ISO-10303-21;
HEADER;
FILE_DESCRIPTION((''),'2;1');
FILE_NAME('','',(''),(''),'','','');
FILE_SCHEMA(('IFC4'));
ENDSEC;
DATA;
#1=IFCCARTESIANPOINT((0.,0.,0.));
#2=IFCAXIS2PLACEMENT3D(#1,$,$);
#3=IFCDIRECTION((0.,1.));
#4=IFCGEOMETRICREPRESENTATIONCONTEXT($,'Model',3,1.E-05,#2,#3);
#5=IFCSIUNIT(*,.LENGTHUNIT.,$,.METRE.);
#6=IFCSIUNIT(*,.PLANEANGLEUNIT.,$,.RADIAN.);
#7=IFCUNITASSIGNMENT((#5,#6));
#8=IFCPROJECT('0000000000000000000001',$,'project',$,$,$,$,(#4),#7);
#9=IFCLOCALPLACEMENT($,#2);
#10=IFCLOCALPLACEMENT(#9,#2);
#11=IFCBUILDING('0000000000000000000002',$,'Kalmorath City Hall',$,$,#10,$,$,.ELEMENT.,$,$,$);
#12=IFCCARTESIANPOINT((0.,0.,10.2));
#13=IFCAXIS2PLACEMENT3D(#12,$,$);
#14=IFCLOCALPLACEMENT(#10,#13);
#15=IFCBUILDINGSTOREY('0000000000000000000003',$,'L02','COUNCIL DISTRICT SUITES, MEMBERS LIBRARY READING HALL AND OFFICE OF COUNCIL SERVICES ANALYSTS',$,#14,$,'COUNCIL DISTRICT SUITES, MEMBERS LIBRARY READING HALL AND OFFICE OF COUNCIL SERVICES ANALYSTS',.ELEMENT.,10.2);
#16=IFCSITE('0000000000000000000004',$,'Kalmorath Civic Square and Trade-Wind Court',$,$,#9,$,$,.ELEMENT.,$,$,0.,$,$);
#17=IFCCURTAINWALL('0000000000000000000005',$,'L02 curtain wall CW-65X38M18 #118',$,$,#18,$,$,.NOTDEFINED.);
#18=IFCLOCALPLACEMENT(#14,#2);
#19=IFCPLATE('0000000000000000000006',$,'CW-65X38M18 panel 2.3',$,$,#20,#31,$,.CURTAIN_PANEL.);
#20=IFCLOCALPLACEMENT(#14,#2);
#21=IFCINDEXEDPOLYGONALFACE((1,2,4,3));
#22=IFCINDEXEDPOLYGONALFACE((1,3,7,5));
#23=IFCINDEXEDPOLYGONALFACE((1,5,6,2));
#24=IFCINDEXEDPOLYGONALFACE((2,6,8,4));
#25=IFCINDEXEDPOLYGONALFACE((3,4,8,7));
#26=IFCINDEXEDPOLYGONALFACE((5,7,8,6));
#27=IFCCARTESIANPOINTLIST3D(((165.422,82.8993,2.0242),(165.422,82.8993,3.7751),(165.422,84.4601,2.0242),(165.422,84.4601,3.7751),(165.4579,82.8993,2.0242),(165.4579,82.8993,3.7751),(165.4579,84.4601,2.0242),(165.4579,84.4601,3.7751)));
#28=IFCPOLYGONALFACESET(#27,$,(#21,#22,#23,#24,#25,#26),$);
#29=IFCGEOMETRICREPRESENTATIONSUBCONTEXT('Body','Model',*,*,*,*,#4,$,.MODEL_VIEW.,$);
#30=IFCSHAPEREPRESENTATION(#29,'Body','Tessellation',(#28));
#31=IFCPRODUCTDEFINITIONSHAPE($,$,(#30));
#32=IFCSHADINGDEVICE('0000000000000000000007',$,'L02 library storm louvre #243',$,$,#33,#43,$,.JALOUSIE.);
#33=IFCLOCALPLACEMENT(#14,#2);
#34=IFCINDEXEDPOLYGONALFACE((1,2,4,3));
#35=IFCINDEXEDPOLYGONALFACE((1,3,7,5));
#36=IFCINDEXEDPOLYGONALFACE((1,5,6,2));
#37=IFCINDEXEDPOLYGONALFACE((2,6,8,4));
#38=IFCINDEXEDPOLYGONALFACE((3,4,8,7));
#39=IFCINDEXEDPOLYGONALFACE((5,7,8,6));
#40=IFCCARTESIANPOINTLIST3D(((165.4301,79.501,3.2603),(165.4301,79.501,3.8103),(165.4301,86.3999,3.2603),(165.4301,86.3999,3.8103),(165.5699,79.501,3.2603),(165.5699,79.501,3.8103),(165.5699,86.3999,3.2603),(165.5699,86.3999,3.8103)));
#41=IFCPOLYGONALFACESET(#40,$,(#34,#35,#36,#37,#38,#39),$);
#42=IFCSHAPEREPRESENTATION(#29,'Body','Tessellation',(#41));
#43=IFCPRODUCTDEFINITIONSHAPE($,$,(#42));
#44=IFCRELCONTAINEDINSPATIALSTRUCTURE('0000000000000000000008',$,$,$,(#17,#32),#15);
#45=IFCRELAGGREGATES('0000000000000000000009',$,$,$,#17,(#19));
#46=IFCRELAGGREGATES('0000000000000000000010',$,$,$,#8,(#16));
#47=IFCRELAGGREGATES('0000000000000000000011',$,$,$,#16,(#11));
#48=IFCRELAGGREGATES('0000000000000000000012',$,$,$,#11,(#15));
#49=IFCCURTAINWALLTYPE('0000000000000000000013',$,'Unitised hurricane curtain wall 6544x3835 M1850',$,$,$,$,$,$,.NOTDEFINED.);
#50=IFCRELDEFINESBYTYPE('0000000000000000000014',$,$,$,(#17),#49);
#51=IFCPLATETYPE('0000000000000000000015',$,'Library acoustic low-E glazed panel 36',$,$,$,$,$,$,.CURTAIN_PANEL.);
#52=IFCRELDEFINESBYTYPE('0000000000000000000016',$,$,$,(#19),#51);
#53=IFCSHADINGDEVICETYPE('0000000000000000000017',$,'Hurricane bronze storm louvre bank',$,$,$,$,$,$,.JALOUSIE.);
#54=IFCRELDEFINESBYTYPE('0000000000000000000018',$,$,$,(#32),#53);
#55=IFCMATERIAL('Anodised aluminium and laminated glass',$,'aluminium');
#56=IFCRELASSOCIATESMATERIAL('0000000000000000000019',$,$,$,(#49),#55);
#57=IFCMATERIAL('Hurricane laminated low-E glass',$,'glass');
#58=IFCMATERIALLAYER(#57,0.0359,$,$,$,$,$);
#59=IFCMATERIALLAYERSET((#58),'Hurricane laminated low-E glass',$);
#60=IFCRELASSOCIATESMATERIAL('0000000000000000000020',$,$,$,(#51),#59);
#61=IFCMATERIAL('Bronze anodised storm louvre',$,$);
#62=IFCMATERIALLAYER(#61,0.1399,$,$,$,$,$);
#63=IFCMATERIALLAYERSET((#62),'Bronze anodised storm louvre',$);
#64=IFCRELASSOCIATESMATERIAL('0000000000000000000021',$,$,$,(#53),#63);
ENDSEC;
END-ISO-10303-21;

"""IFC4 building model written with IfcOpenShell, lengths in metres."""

from ifc_helpers import new_model, si_unit, direction, frame, origin, origin_2d, place, context, subcontext, project, spatial, rectangle, extrude, material, layer, layer_set, type_object, element, aggregate, save


model = new_model("IFC4")

# Units and contexts
model_context = context("Model", 3, precision=1e-05, world=origin(), true_north=direction((0.0, 1.0)))
body_context = subcontext(model_context, "Body", "Model", "MODEL_VIEW")
ifc_project = project(units=[si_unit("LENGTHUNIT", "METRE"), si_unit("PLANEANGLEUNIT", "RADIAN")], contexts=[model_context])

# Site, building, storey
site_placement = place(None, origin())
site = spatial("IfcSite", under=ifc_project, at=site_placement, Name="Kalmorath Civic Square and Trade-Wind Court", CompositionType="ELEMENT", RefElevation=0.0)
building_placement = place(site_placement, origin())
building = spatial("IfcBuilding", under=site, at=building_placement, Name="Kalmorath City Hall", CompositionType="ELEMENT")
storey_placement = place(building_placement, frame((0.0, 0.0, 10.2)))
storey = spatial("IfcBuildingStorey", under=building, at=storey_placement, Name="L02", Description="COUNCIL DISTRICT SUITES, MEMBERS LIBRARY READING HALL AND OFFICE OF COUNCIL SERVICES ANALYSTS", LongName="COUNCIL DISTRICT SUITES, MEMBERS LIBRARY READING HALL AND OFFICE OF COUNCIL SERVICES ANALYSTS", CompositionType="ELEMENT", Elevation=10.2)

# Curtain wall
ifc_material_1 = material(Name="Anodised aluminium and laminated glass", Category="aluminium")
curtain_wall_type = type_object("IfcCurtainWallType", Name="Unitised hurricane curtain wall 6544x3835 M1850", PredefinedType="NOTDEFINED", material=ifc_material_1)
curtain_wall_placement = place(storey_placement, origin())
curtain_wall = element("IfcCurtainWall", 1, at=curtain_wall_placement, inside=storey, type_object=curtain_wall_type, Name="L02 curtain wall CW-65X38M18 #118", PredefinedType="NOTDEFINED")

# Plate
ifc_material_2 = material(Name="Hurricane laminated low-E glass", Category="glass")
ifc_layer_1 = layer(ifc_material_2, 0.0359)
ifc_layer_set_1 = layer_set([ifc_layer_1], Name="Hurricane laminated low-E glass")
plate_type = type_object("IfcPlateType", Name="Library acoustic low-E glazed panel 36", PredefinedType="CURTAIN_PANEL", material=ifc_layer_set_1)
plate_1_placement = place(storey_placement, frame((165.4399, 83.6797, 2.0242), z_axis=(0.0, 0.0, 1.0), x_axis=(0.0, -1.0, 0.0)))
plate_1 = element("IfcPlate", 2, at=plate_1_placement, type_object=plate_type, Name="CW-65X38M18 panel 2.3", PredefinedType="CURTAIN_PANEL", context=body_context, shape_type="SweptSolid", body=[
    extrude(rectangle(XDim=1.5608, YDim=0.0359, at=origin_2d()), origin(), (0.0, 0.0, 1.0), 1.751),
])
aggregate(curtain_wall, [plate_1])

# Shading device
ifc_material_3 = material(Name="Bronze anodised storm louvre")
ifc_layer_2 = layer(ifc_material_3, 0.1399)
ifc_layer_set_2 = layer_set([ifc_layer_2], Name="Bronze anodised storm louvre")
shading_device_type = type_object("IfcShadingDeviceType", Name="Hurricane bronze storm louvre bank", PredefinedType="JALOUSIE", material=ifc_layer_set_2)
shading_device_placement = place(storey_placement, frame((165.5, 82.9504, 3.2603), z_axis=(0.0, 0.0, 1.0), x_axis=(0.0, -1.0, 0.0)))
element("IfcShadingDevice", 3, at=shading_device_placement, inside=storey, type_object=shading_device_type, Name="L02 library storm louvre #243", PredefinedType="JALOUSIE", context=body_context, shape_type="SweptSolid", body=[
    extrude(rectangle(XDim=6.8989, YDim=0.1399, at=origin_2d()), origin(), (0.0, 0.0, 1.0), 0.55),
])

save(model, "model.ifc")
